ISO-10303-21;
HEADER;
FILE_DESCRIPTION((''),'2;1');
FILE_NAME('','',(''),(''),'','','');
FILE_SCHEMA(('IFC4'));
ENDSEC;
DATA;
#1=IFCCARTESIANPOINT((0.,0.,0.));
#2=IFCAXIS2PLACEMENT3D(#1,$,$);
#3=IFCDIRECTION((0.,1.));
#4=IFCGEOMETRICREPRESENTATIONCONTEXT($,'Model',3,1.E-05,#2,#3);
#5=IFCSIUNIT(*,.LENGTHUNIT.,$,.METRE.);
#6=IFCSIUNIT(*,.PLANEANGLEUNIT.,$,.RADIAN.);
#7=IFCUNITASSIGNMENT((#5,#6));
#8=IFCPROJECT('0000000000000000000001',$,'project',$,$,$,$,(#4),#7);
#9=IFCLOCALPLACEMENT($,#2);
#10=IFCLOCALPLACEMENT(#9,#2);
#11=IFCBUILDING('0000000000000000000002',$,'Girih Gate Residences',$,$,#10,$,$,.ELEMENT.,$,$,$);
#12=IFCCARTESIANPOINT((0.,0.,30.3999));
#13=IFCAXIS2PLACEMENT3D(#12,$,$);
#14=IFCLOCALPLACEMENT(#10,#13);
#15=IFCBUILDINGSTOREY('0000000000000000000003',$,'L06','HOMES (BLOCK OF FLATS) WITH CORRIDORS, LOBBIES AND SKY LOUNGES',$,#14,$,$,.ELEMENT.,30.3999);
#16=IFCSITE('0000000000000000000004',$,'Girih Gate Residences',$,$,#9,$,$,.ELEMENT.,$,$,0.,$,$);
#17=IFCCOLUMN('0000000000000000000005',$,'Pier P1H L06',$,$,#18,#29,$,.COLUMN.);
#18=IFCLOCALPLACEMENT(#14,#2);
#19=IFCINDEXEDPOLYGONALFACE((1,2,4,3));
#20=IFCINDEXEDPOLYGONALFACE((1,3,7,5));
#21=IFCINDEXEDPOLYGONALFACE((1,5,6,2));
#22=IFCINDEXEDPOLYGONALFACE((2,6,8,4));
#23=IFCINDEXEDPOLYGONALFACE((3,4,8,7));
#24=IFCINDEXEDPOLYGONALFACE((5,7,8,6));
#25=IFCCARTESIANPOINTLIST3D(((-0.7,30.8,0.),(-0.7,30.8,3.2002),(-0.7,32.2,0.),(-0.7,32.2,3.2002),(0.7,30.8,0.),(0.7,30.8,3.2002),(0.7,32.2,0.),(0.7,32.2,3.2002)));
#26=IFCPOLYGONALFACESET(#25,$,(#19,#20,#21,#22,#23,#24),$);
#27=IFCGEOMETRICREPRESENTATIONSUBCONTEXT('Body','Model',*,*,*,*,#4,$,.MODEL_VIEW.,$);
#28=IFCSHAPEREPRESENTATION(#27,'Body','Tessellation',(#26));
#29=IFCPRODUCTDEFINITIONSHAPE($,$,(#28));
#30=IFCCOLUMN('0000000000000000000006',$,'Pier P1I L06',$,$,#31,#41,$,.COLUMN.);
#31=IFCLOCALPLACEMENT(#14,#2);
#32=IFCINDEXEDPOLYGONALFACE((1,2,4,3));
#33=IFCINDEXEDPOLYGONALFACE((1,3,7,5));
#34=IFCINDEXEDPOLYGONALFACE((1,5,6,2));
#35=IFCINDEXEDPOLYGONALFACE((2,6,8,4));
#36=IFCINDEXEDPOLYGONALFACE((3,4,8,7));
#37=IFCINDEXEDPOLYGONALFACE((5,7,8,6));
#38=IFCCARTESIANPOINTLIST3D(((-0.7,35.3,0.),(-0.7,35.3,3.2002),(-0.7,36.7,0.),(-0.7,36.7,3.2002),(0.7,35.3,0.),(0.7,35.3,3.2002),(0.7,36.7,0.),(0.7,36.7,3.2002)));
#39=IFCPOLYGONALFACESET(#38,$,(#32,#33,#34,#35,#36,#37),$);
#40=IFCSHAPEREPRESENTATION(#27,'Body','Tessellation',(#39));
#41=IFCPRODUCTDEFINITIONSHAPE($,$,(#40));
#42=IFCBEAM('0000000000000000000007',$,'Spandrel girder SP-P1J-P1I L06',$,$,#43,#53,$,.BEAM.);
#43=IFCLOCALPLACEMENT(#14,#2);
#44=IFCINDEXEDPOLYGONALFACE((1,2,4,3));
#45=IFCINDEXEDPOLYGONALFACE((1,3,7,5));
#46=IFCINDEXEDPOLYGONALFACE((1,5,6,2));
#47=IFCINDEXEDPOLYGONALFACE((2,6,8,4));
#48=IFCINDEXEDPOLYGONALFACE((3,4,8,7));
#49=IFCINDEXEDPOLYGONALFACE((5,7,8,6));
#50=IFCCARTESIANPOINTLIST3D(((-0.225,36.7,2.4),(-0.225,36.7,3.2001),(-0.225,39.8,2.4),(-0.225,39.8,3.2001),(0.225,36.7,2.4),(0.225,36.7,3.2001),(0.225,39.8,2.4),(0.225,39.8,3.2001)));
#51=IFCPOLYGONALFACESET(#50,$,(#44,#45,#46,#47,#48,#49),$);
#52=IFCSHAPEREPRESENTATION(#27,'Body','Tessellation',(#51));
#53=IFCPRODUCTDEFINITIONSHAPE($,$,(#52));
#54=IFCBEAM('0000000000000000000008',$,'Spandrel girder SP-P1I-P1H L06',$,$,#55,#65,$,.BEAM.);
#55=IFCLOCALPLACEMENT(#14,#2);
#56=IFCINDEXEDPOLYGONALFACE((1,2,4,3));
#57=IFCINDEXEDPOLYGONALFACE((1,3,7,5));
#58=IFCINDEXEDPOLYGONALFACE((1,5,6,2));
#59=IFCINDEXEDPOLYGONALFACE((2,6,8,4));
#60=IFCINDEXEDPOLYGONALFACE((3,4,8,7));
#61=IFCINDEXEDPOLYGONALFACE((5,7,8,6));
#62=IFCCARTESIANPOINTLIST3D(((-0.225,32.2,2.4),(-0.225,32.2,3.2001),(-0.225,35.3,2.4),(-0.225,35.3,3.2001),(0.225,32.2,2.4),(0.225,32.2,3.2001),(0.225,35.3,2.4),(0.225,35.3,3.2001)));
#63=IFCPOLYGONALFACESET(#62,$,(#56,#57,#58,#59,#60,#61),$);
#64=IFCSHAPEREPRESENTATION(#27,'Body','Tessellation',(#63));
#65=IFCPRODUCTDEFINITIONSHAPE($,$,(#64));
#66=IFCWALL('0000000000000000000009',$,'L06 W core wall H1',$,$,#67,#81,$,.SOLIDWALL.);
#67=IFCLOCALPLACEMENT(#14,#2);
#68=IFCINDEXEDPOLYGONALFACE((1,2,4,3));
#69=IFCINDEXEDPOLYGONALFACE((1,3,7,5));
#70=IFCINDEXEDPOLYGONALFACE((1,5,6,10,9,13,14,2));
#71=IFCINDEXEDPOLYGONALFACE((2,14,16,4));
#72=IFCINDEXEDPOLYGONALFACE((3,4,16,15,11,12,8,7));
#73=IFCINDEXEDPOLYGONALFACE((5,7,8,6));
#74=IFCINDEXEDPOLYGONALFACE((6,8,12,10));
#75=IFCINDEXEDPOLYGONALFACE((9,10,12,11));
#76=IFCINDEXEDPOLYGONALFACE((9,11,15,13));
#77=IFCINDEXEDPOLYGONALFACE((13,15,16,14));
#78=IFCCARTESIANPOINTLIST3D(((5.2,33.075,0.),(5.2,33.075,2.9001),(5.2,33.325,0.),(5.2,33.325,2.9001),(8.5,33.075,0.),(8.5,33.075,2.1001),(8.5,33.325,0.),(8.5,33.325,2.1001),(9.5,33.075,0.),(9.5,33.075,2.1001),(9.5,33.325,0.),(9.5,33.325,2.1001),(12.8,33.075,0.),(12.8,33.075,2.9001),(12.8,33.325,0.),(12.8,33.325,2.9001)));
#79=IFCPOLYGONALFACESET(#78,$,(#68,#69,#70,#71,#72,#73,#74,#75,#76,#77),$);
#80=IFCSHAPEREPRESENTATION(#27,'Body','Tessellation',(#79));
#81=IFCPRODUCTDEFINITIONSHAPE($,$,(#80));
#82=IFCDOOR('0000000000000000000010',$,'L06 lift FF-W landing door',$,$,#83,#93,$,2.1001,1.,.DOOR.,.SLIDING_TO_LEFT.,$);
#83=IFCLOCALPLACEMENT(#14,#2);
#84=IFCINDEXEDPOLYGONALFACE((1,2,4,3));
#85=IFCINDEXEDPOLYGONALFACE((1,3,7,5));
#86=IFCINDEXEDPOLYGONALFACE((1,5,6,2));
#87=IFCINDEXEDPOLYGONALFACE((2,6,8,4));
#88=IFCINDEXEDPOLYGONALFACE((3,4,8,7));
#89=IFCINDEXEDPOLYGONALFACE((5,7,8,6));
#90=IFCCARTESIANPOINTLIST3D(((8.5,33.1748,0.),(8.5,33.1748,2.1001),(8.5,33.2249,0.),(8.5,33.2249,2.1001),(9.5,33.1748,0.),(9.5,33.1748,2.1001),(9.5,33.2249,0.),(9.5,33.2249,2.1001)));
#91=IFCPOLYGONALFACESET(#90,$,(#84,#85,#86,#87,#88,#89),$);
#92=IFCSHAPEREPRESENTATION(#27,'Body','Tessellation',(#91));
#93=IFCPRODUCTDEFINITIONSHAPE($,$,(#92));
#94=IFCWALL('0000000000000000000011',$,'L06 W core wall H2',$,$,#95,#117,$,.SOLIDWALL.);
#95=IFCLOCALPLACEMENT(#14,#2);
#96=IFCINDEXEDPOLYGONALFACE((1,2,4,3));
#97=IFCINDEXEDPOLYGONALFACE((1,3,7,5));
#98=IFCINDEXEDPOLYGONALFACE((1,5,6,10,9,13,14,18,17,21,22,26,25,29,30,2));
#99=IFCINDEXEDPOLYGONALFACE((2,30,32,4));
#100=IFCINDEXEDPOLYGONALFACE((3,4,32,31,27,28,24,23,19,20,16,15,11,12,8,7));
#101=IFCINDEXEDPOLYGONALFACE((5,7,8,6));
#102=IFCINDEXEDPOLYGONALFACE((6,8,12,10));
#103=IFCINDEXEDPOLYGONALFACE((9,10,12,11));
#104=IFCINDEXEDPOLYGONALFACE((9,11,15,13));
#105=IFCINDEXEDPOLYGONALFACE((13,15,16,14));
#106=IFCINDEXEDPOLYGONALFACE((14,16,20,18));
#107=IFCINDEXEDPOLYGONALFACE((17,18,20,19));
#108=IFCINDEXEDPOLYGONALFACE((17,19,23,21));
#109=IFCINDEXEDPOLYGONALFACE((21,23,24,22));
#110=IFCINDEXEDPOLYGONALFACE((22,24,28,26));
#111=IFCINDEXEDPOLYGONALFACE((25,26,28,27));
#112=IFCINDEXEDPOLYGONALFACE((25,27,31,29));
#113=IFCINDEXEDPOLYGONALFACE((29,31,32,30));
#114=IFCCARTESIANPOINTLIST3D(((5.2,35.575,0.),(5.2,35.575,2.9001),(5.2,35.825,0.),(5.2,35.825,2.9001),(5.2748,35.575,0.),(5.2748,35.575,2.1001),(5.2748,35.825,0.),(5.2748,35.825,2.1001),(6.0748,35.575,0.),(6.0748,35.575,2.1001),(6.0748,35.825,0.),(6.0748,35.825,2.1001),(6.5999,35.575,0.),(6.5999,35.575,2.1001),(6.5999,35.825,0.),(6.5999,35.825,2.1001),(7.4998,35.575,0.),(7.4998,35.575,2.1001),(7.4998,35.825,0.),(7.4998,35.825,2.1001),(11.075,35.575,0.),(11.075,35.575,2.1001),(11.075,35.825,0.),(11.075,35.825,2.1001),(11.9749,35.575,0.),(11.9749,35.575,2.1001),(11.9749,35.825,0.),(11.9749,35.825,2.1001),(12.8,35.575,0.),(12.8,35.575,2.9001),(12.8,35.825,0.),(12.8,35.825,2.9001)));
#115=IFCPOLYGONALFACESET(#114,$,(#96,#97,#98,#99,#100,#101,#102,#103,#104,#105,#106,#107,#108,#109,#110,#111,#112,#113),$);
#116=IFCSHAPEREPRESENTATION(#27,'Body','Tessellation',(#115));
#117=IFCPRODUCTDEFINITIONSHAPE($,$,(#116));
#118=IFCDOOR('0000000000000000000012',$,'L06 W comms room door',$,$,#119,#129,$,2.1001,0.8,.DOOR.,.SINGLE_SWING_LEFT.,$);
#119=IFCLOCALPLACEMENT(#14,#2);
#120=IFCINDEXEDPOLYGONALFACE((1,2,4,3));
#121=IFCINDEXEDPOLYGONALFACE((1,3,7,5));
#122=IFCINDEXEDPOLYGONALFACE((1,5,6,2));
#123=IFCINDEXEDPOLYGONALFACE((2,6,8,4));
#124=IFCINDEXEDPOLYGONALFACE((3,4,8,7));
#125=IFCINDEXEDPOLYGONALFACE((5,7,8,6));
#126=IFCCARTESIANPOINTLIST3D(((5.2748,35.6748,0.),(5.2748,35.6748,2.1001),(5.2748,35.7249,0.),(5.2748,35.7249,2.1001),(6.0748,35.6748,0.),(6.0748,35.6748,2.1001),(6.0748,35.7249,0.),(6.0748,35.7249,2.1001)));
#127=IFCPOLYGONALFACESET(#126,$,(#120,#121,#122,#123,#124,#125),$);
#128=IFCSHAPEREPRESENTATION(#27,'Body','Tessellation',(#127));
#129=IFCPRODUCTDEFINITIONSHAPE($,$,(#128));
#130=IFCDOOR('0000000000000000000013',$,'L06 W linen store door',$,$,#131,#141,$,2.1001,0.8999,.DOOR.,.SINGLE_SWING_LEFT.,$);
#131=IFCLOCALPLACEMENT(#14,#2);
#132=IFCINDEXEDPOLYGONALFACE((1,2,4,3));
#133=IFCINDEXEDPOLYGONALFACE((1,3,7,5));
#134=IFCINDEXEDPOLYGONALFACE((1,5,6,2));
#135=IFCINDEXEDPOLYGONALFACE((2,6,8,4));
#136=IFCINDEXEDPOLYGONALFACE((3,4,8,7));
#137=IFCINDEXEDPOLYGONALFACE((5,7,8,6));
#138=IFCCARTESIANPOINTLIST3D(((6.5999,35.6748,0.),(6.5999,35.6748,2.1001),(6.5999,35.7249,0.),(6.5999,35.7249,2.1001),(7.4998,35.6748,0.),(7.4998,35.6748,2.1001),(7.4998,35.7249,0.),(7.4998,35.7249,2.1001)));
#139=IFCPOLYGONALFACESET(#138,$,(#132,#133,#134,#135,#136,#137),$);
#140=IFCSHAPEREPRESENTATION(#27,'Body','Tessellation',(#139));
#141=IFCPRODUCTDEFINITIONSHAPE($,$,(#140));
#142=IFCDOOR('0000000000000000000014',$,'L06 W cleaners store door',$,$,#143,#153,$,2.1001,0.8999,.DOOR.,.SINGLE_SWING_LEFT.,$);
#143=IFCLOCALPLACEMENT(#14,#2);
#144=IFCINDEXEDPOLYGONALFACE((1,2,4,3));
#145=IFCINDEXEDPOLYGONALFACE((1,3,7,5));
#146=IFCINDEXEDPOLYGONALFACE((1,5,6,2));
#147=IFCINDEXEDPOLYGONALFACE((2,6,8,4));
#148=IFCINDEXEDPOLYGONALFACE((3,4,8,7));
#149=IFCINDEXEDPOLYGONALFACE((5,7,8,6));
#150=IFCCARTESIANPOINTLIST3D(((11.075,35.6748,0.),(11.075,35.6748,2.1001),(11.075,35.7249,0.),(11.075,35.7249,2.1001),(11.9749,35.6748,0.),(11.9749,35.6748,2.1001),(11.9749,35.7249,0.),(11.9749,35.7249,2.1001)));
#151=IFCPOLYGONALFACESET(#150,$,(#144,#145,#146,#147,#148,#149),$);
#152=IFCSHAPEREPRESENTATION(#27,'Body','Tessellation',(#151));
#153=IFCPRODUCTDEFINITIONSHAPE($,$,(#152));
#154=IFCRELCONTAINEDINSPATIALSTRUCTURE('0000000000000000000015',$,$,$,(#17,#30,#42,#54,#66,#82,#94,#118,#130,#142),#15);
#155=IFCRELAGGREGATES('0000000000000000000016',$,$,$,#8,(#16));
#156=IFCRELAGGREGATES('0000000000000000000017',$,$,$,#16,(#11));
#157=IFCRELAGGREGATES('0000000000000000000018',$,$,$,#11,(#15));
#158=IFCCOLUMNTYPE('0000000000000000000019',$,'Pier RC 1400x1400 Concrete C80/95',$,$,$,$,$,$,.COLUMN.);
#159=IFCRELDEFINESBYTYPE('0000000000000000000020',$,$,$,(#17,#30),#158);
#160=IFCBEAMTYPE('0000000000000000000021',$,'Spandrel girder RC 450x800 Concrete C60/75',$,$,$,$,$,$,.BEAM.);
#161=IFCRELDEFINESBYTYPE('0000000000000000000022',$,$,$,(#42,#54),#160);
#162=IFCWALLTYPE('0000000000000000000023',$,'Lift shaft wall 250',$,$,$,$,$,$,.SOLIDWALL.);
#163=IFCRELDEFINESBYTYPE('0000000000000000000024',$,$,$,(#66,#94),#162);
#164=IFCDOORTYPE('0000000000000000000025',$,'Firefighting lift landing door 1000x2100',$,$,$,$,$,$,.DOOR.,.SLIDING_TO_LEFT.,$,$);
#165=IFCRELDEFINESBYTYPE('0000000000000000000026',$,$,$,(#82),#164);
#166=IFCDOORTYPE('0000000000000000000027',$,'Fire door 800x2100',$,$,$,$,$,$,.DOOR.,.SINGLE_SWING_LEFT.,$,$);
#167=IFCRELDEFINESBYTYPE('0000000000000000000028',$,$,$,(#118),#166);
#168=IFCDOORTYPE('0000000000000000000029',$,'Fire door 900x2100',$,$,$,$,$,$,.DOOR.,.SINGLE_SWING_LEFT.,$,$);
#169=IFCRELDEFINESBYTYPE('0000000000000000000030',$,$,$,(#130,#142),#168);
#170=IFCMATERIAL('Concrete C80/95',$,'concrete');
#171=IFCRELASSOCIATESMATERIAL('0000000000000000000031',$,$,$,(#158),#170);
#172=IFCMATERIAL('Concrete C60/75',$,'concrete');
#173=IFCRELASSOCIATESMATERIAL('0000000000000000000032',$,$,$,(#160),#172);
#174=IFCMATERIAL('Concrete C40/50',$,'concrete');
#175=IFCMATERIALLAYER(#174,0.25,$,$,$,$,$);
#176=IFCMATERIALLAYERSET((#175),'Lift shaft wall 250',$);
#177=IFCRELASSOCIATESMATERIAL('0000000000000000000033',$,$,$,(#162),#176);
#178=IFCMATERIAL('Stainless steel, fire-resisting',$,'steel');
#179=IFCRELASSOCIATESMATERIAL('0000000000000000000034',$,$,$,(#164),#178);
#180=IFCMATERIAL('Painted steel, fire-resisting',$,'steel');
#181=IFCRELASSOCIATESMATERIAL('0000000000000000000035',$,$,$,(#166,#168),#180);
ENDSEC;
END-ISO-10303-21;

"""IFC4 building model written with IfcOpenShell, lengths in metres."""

from ifc_helpers import new_model, si_unit, direction, frame, frame_2d, origin, origin_2d, place, context, subcontext, project, spatial, rectangle, extrude, material, layer, layer_set, material_profile, profile_set, type_object, element, fill, save


model = new_model("IFC4")

# Units and contexts
model_context = context("Model", 3, precision=1e-05, world=origin(), true_north=direction((0.0, 1.0)))
body_context = subcontext(model_context, "Body", "Model", "MODEL_VIEW")
ifc_project = project(units=[si_unit("LENGTHUNIT", "METRE"), si_unit("PLANEANGLEUNIT", "RADIAN")], contexts=[model_context])

# Site, building, storey
site_placement = place(None, origin())
site = spatial("IfcSite", under=ifc_project, at=site_placement, Name="Girih Gate Residences", CompositionType="ELEMENT", RefElevation=0.0)
building_placement = place(site_placement, origin())
building = spatial("IfcBuilding", under=site, at=building_placement, Name="Girih Gate Residences", CompositionType="ELEMENT")
storey_placement = place(building_placement, frame((0.0, 0.0, 30.3999)))
storey = spatial("IfcBuildingStorey", under=building, at=storey_placement, Name="L06", Description="HOMES (BLOCK OF FLATS) WITH CORRIDORS, LOBBIES AND SKY LOUNGES", CompositionType="ELEMENT", Elevation=30.3999)

# Columns
ifc_material_1 = material(Name="Concrete C80/95", Category="concrete")
ifc_material_profile_1 = material_profile(ifc_material_1, rectangle(XDim=1.3999, YDim=1.3999, at=origin_2d()))
ifc_profile_set_1 = profile_set([ifc_material_profile_1], Name="Concrete C80/95")
column_type = type_object("IfcColumnType", Name="Pier RC 1400x1400 Concrete C80/95", PredefinedType="COLUMN", material=ifc_profile_set_1)
for number, where, z_axis, x_axis, name in (
    (1, (0.0, 31.5, 0.0), (0.0, 0.0, 1.0), (1.0, 0.0, 0.0), "Pier P1H L06"),
    (2, (0.0, 36.0, 0.0), (0.0, 0.0, 1.0), (1.0, 0.0, 0.0), "Pier P1I L06"),
):
    element("IfcColumn", number, at=place(storey_placement, frame(where, z_axis=z_axis, x_axis=x_axis)), inside=storey, type_object=column_type, Name=name, PredefinedType="COLUMN", context=body_context, shape_type="SweptSolid", body=[
        extrude(rectangle(XDim=1.3999, YDim=1.3999, at=origin_2d()), origin(), (0.0, 0.0, 1.0), 3.2002),
    ])

# Beams
ifc_material_2 = material(Name="Concrete C60/75", Category="concrete")
ifc_material_profile_2 = material_profile(ifc_material_2, rectangle(XDim=0.45, YDim=0.8, at=origin_2d()))
ifc_profile_set_2 = profile_set([ifc_material_profile_2], Name="Concrete C60/75")
beam_type = type_object("IfcBeamType", Name="Spandrel girder RC 450x800 Concrete C60/75", PredefinedType="BEAM", material=ifc_profile_set_2)
for number, where, z_axis, x_axis, name in (
    (3, (0.0, 39.8, 2.8), (0.0, -1.0, 0.0), (1.0, 0.0, 0.0), "Spandrel girder SP-P1J-P1I L06"),
    (4, (0.0, 35.3, 2.8), (0.0, -1.0, 0.0), (1.0, 0.0, 0.0), "Spandrel girder SP-P1I-P1H L06"),
):
    element("IfcBeam", number, at=place(storey_placement, frame(where, z_axis=z_axis, x_axis=x_axis)), inside=storey, type_object=beam_type, Name=name, PredefinedType="BEAM", context=body_context, shape_type="SweptSolid", body=[
        extrude(rectangle(XDim=0.45, YDim=0.8, at=origin_2d()), origin(), (0.0, 0.0, 1.0), 3.1001),
    ])

# Wall, opening, door
ifc_material_3 = material(Name="Concrete C40/50", Category="concrete")
ifc_layer_1 = layer(ifc_material_3, 0.25)
ifc_layer_set_1 = layer_set([ifc_layer_1], Name="Lift shaft wall 250")
wall_type_1 = type_object("IfcWallType", Name="Lift shaft wall 250", PredefinedType="SOLIDWALL", material=ifc_layer_set_1)
wall_1_placement = place(storey_placement, frame((5.2, 33.2, 0.0), z_axis=(0.0, 0.0, 1.0), x_axis=(1.0, 0.0, 0.0)))
wall_1 = element("IfcWall", 5, at=wall_1_placement, inside=storey, type_object=wall_type_1, Name="L06 W core wall H1", PredefinedType="SOLIDWALL", context=body_context, shape_type="SweptSolid", body=[
    extrude(rectangle(XDim=7.6001, YDim=0.25, at=frame_2d((3.8, 0.0))), origin(), (0.0, 0.0, 1.0), 2.9001),
])
opening_1_placement = place(wall_1_placement, frame((3.3, 0.0, 0.0)))
opening_1 = element("IfcOpeningElement", 6, at=opening_1_placement, cuts=wall_1, PredefinedType="OPENING", context=body_context, shape_type="SweptSolid", body=[
    extrude(rectangle(XDim=1.0, YDim=2.1001, at=frame_2d((0.5, 1.05))), frame((0.0, 0.135, 0.0), z_axis=(0.0, -1.0, 0.0), x_axis=(1.0, 0.0, 0.0)), (0.0, 0.0, 1.0), 0.27),
])
ifc_material_4 = material(Name="Stainless steel, fire-resisting", Category="steel")
door_type_1 = type_object("IfcDoorType", Name="Firefighting lift landing door 1000x2100", OperationType="SLIDING_TO_LEFT", PredefinedType="DOOR", material=ifc_material_4)
door_1_placement = place(opening_1_placement, origin())
door_1 = element("IfcDoor", 7, at=door_1_placement, inside=storey, type_object=door_type_1, Name="L06 lift FF-W landing door", OperationType="SLIDING_TO_LEFT", OverallHeight=2.1001, OverallWidth=1.0, PredefinedType="DOOR", context=body_context, shape_type="SweptSolid", body=[
    extrude(rectangle(XDim=1.0, YDim=2.1001, at=frame_2d((0.5, 1.05))), frame((0.0, 0.0249, 0.0), z_axis=(0.0, -1.0, 0.0), x_axis=(1.0, 0.0, 0.0)), (0.0, 0.0, 1.0), 0.05),
])
fill(opening_1, door_1)

# Wall, openings, doors
wall_2_placement = place(storey_placement, frame((5.2, 35.7, 0.0), z_axis=(0.0, 0.0, 1.0), x_axis=(1.0, 0.0, 0.0)))
wall_2 = element("IfcWall", 8, at=wall_2_placement, inside=storey, type_object=wall_type_1, Name="L06 W core wall H2", PredefinedType="SOLIDWALL", context=body_context, shape_type="SweptSolid", body=[
    extrude(rectangle(XDim=7.6001, YDim=0.25, at=frame_2d((3.8, 0.0))), origin(), (0.0, 0.0, 1.0), 2.9001),
])
opening_2_placement = place(wall_2_placement, frame((0.075, 0.0, 0.0)))
opening_2 = element("IfcOpeningElement", 9, at=opening_2_placement, cuts=wall_2, PredefinedType="OPENING", context=body_context, shape_type="SweptSolid", body=[
    extrude(rectangle(XDim=0.8, YDim=2.1001, at=frame_2d((0.3999, 1.05))), frame((0.0, 0.135, 0.0), z_axis=(0.0, -1.0, 0.0), x_axis=(1.0, 0.0, 0.0)), (0.0, 0.0, 1.0), 0.27),
])
opening_3_placement = place(wall_2_placement, frame((1.3999, 0.0, 0.0)))
opening_3 = element("IfcOpeningElement", 10, at=opening_3_placement, cuts=wall_2, PredefinedType="OPENING", context=body_context, shape_type="SweptSolid", body=[
    extrude(rectangle(XDim=0.8999, YDim=2.1001, at=frame_2d((0.45, 1.05))), frame((0.0, 0.135, 0.0), z_axis=(0.0, -1.0, 0.0), x_axis=(1.0, 0.0, 0.0)), (0.0, 0.0, 1.0), 0.27),
])
opening_4_placement = place(wall_2_placement, frame((5.875, 0.0, 0.0)))
opening_4 = element("IfcOpeningElement", 11, at=opening_4_placement, cuts=wall_2, PredefinedType="OPENING", context=body_context, shape_type="SweptSolid", body=[
    extrude(rectangle(XDim=0.8999, YDim=2.1001, at=frame_2d((0.45, 1.05))), frame((0.0, 0.135, 0.0), z_axis=(0.0, -1.0, 0.0), x_axis=(1.0, 0.0, 0.0)), (0.0, 0.0, 1.0), 0.27),
])
ifc_material_5 = material(Name="Painted steel, fire-resisting", Category="steel")
door_type_2 = type_object("IfcDoorType", Name="Fire door 800x2100", OperationType="SINGLE_SWING_LEFT", PredefinedType="DOOR", material=ifc_material_5)
door_2_placement = place(opening_2_placement, origin())
door_2 = element("IfcDoor", 12, at=door_2_placement, inside=storey, type_object=door_type_2, Name="L06 W comms room door", OperationType="SINGLE_SWING_LEFT", OverallHeight=2.1001, OverallWidth=0.8, PredefinedType="DOOR", context=body_context, shape_type="SweptSolid", body=[
    extrude(rectangle(XDim=0.8, YDim=2.1001, at=frame_2d((0.3999, 1.05))), frame((0.0, 0.0249, 0.0), z_axis=(0.0, -1.0, 0.0), x_axis=(1.0, 0.0, 0.0)), (0.0, 0.0, 1.0), 0.05),
])
fill(opening_2, door_2)
door_type_3 = type_object("IfcDoorType", Name="Fire door 900x2100", OperationType="SINGLE_SWING_LEFT", PredefinedType="DOOR", material=ifc_material_5)
door_3_placement = place(opening_3_placement, origin())
door_3 = element("IfcDoor", 13, at=door_3_placement, inside=storey, type_object=door_type_3, Name="L06 W linen store door", OperationType="SINGLE_SWING_LEFT", OverallHeight=2.1001, OverallWidth=0.8999, PredefinedType="DOOR", context=body_context, shape_type="SweptSolid", body=[
    extrude(rectangle(XDim=0.8999, YDim=2.1001, at=frame_2d((0.45, 1.05))), frame((0.0, 0.0249, 0.0), z_axis=(0.0, -1.0, 0.0), x_axis=(1.0, 0.0, 0.0)), (0.0, 0.0, 1.0), 0.05),
])
fill(opening_3, door_3)
door_4_placement = place(opening_4_placement, origin())
door_4 = element("IfcDoor", 14, at=door_4_placement, inside=storey, type_object=door_type_3, Name="L06 W cleaners store door", OperationType="SINGLE_SWING_LEFT", OverallHeight=2.1001, OverallWidth=0.8999, PredefinedType="DOOR", context=body_context, shape_type="SweptSolid", body=[
    extrude(rectangle(XDim=0.8999, YDim=2.1001, at=frame_2d((0.45, 1.05))), frame((0.0, 0.0249, 0.0), z_axis=(0.0, -1.0, 0.0), x_axis=(1.0, 0.0, 0.0)), (0.0, 0.0, 1.0), 0.05),
])
fill(opening_4, door_4)

save(model, "model.ifc")
